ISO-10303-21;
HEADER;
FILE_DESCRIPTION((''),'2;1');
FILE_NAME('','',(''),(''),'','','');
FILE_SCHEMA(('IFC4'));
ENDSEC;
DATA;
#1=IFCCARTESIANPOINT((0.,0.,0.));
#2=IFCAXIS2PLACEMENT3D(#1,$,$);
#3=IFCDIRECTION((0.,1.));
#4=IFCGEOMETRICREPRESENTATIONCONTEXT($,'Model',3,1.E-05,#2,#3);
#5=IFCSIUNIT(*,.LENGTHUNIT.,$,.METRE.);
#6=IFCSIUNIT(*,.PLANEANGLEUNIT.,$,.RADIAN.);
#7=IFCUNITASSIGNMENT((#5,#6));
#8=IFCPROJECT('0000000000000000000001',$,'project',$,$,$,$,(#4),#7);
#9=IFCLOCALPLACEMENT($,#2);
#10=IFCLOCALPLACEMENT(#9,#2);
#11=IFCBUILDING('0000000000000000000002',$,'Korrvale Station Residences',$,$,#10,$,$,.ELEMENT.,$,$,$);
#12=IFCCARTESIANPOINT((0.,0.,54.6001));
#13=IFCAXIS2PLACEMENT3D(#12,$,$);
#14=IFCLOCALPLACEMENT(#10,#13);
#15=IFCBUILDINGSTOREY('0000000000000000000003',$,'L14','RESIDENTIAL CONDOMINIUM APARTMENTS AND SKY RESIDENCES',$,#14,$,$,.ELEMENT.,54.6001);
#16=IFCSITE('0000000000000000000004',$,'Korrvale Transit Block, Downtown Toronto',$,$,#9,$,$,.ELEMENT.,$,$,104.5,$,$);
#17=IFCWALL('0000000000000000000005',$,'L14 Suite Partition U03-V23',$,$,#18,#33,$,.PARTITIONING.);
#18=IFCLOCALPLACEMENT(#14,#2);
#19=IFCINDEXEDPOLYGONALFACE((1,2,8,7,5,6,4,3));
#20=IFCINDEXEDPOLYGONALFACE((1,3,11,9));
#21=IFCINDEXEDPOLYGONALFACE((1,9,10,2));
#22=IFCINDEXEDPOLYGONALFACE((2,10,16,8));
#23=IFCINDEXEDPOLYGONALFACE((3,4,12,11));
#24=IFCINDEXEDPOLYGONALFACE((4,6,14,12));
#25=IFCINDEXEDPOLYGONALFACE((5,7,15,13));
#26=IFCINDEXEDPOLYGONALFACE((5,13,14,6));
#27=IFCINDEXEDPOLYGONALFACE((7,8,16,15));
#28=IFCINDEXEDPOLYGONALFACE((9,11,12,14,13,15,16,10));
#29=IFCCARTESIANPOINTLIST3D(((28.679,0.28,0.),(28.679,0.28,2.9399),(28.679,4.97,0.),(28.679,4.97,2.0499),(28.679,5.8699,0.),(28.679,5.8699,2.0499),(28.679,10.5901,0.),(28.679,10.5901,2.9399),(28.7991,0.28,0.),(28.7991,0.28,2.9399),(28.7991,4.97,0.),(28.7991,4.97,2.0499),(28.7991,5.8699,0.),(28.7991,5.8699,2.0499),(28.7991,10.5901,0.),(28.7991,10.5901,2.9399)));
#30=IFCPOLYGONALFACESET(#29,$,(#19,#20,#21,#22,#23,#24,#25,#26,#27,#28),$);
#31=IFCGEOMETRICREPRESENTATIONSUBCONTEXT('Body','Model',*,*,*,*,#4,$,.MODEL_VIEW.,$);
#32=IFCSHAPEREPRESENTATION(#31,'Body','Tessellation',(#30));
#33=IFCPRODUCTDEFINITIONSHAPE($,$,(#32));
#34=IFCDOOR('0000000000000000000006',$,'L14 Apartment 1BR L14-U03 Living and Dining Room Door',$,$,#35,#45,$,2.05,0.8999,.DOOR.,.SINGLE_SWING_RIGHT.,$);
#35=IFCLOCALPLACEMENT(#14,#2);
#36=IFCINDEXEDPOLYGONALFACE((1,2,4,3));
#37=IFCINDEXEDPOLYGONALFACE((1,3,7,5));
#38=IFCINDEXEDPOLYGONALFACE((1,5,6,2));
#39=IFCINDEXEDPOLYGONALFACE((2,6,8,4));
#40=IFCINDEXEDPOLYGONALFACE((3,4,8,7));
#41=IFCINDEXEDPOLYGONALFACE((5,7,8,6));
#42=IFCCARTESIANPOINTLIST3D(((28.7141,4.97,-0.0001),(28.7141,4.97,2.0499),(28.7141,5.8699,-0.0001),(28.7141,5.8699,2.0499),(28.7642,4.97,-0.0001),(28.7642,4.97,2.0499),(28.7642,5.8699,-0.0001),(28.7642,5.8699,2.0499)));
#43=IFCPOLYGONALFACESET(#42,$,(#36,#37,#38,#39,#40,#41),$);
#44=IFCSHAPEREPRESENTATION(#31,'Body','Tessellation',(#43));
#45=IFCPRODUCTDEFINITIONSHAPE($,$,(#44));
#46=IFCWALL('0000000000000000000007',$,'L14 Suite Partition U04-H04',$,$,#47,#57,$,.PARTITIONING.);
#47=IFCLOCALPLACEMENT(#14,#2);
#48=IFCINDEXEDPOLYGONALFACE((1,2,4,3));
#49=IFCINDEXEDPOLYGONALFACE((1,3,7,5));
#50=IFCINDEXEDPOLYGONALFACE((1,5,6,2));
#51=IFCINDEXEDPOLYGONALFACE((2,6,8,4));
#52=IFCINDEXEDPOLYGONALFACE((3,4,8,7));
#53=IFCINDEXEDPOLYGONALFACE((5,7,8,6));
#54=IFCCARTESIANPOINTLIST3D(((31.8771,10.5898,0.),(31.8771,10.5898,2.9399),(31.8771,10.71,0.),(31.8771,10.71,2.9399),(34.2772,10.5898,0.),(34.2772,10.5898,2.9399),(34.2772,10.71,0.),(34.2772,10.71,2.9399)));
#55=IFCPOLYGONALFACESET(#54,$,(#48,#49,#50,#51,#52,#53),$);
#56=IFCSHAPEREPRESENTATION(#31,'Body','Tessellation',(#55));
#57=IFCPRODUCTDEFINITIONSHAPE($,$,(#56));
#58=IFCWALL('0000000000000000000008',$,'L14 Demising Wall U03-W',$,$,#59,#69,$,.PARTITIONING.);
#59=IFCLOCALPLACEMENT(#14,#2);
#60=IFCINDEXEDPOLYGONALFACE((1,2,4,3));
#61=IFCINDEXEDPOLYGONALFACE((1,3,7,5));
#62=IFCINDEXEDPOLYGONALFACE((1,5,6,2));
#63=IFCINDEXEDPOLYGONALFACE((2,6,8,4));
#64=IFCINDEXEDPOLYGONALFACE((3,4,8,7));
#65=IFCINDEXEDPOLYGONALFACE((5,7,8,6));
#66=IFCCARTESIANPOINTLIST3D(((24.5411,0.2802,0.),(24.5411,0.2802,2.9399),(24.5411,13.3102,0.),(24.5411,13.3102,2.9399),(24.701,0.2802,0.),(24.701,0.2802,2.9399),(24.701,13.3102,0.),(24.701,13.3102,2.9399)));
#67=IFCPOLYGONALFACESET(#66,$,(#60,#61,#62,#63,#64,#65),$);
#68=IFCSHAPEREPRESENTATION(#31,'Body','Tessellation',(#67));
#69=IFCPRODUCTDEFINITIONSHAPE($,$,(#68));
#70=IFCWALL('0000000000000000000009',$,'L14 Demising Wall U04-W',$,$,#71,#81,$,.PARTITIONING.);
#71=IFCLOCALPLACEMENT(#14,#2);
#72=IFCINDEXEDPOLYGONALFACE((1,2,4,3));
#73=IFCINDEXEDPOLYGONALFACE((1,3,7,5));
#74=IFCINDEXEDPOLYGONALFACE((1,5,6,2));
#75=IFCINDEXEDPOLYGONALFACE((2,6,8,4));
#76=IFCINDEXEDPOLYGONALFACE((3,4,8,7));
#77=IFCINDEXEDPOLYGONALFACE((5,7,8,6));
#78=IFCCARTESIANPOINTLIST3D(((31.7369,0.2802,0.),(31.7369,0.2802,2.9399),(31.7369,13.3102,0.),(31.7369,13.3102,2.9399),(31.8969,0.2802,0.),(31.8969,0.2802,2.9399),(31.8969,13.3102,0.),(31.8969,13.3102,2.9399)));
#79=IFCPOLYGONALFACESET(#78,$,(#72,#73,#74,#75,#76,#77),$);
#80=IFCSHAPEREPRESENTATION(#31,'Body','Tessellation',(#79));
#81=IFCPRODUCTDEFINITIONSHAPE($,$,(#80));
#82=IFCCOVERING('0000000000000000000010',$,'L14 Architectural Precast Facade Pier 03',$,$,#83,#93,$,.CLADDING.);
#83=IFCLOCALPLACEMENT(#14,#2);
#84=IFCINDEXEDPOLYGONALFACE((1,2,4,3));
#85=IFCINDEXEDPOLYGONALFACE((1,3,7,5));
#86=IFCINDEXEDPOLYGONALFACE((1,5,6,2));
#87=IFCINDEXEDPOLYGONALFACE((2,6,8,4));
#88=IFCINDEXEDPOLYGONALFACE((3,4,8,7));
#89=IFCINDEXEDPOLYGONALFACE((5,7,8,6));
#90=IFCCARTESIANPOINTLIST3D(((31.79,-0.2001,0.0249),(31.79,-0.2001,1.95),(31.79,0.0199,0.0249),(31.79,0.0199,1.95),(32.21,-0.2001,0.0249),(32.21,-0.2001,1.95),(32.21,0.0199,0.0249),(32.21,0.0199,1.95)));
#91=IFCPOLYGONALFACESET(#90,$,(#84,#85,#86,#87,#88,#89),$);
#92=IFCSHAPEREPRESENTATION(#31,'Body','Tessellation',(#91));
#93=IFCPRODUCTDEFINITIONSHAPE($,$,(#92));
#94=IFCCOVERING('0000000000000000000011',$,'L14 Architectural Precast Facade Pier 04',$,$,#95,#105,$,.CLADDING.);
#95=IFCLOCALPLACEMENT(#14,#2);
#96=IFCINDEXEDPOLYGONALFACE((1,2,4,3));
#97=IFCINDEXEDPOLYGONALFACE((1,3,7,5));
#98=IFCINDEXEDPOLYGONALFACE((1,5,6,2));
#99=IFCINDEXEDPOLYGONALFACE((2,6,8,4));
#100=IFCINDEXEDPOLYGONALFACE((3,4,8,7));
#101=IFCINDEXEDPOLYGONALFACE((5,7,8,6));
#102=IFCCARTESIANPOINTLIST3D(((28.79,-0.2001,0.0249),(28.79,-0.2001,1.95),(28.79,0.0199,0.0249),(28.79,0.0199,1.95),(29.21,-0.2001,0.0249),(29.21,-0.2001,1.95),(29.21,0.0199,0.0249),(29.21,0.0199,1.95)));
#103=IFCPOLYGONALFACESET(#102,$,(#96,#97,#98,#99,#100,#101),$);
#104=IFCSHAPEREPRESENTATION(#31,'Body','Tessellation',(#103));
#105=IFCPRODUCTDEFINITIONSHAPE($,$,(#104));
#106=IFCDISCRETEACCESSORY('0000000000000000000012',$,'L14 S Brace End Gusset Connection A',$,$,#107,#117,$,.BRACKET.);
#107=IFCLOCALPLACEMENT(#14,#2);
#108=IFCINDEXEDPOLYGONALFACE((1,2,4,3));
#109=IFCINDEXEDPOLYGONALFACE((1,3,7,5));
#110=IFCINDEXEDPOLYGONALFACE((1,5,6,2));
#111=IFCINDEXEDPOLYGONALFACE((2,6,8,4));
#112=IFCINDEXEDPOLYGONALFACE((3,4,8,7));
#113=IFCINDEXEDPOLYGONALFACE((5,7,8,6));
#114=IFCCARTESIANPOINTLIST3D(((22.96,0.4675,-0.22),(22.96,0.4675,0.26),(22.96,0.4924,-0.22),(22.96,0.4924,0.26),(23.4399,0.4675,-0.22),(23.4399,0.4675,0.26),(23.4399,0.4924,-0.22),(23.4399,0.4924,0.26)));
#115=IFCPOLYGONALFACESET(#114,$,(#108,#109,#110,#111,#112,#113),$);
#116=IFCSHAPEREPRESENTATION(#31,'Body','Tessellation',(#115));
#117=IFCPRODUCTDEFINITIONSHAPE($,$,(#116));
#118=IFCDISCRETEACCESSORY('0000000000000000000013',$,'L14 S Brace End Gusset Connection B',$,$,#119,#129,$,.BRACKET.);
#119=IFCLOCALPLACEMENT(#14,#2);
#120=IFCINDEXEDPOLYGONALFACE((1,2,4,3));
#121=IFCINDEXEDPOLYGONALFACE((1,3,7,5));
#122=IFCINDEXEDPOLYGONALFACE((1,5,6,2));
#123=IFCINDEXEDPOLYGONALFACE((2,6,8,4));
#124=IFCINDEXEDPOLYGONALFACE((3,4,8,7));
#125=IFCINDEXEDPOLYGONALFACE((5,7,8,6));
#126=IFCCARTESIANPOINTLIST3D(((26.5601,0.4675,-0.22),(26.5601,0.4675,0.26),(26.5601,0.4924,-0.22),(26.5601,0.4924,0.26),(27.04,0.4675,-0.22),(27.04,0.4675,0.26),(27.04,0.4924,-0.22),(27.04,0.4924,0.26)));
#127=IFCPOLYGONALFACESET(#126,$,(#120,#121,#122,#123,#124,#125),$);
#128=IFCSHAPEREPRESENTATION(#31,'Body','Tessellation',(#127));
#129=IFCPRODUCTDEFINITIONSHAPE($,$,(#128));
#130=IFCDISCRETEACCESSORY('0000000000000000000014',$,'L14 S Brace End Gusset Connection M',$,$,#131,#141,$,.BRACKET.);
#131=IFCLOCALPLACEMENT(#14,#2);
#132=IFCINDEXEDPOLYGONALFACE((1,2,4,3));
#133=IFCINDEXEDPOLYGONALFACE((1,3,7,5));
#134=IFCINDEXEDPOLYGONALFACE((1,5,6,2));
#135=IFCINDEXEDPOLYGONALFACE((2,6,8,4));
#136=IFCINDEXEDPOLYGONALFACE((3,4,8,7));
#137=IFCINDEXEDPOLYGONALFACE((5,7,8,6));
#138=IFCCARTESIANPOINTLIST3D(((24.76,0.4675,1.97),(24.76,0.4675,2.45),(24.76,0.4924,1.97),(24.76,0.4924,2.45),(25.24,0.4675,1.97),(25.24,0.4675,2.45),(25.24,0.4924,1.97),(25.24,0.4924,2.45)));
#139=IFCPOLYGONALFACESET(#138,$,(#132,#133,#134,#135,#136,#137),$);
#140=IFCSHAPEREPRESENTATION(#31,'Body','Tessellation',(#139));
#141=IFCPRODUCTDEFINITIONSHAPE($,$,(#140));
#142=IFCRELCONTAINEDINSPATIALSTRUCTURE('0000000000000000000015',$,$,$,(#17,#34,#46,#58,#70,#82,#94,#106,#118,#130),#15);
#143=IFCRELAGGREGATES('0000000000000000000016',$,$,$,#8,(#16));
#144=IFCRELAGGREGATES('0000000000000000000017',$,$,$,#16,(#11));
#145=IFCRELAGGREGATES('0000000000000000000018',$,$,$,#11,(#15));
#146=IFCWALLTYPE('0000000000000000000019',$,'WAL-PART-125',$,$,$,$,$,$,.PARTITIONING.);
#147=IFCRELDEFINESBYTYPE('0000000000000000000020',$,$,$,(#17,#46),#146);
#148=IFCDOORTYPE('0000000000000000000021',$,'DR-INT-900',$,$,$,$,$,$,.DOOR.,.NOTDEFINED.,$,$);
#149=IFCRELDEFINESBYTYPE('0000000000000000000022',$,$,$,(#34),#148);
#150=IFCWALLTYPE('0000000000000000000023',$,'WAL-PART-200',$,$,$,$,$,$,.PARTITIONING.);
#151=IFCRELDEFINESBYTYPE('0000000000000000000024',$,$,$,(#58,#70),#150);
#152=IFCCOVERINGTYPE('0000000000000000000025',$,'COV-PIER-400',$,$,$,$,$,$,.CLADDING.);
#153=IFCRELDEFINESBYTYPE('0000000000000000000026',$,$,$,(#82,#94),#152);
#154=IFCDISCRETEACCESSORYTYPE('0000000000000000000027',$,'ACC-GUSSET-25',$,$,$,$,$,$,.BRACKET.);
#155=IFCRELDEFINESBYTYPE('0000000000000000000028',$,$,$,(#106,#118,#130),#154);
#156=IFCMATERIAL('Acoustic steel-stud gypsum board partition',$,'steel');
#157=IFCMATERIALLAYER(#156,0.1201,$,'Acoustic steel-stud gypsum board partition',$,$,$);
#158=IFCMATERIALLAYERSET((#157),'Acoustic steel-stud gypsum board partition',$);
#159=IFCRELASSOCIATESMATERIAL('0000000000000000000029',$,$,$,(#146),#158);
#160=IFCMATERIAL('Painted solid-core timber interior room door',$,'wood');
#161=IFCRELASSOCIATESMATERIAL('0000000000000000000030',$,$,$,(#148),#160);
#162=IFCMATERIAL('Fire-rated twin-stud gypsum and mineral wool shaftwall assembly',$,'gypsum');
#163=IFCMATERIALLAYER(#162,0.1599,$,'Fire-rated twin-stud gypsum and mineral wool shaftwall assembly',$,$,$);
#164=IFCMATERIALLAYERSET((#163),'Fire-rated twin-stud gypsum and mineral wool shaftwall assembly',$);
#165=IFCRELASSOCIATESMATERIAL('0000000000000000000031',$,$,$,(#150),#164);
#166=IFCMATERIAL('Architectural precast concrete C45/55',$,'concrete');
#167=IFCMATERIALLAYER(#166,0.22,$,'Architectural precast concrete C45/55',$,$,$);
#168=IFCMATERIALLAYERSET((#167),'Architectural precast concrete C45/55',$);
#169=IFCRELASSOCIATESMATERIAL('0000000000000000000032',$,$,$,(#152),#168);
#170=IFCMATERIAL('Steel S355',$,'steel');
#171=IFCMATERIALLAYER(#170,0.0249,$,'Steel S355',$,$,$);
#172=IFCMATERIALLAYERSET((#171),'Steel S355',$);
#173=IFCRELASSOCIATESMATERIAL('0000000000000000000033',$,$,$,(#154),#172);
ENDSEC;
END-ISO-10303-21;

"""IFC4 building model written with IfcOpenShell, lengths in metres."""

from ifc_helpers import new_model, si_unit, direction, frame, frame_2d, origin, origin_2d, place, context, subcontext, project, spatial, rectangle, extrude, material, layer, layer_set, type_object, element, fill, save


model = new_model("IFC4")

# Units and contexts
model_context = context("Model", 3, precision=1e-05, world=origin(), true_north=direction((0.0, 1.0)))
body_context = subcontext(model_context, "Body", "Model", "MODEL_VIEW")
ifc_project = project(units=[si_unit("LENGTHUNIT", "METRE"), si_unit("PLANEANGLEUNIT", "RADIAN")], contexts=[model_context])

# Site, building, storey
site_placement = place(None, origin())
site = spatial("IfcSite", under=ifc_project, at=site_placement, Name="Korrvale Transit Block, Downtown Toronto", CompositionType="ELEMENT", RefElevation=104.5)
building_placement = place(site_placement, origin())
building = spatial("IfcBuilding", under=site, at=building_placement, Name="Korrvale Station Residences", CompositionType="ELEMENT")
storey_placement = place(building_placement, frame((0.0, 0.0, 54.6001)))
storey = spatial("IfcBuildingStorey", under=building, at=storey_placement, Name="L14", Description="RESIDENTIAL CONDOMINIUM APARTMENTS AND SKY RESIDENCES", CompositionType="ELEMENT", Elevation=54.6001)

# Shared definitions
ifc_material_1 = material(Name="Steel S355", Category="steel")

# Shared definitions
ifc_material_2 = material(Name="Acoustic steel-stud gypsum board partition", Category="steel")
ifc_layer_1 = layer(ifc_material_2, 0.1201, Name="Acoustic steel-stud gypsum board partition")
ifc_layer_set_1 = layer_set([ifc_layer_1], Name="Acoustic steel-stud gypsum board partition")
wall_type_1 = type_object("IfcWallType", Name="WAL-PART-125", PredefinedType="PARTITIONING", material=ifc_layer_set_1)

# Wall, opening, door
ifc_material_3 = material(Name="Painted solid-core timber interior room door", Category="wood")
door_type_1 = type_object("IfcDoorType", Name="DR-INT-900", OperationType="NOTDEFINED", PredefinedType="DOOR", material=ifc_material_3)
wall_1_placement = place(storey_placement, frame((28.739, 0.28, 0.0), z_axis=(0.0, 0.0, 1.0), x_axis=(0.0, 1.0, 0.0)))
wall_1 = element("IfcWall", 1, at=wall_1_placement, inside=storey, type_object=wall_type_1, Name="L14 Suite Partition U03-V23", PredefinedType="PARTITIONING", context=body_context, shape_type="SweptSolid", body=[
    extrude(rectangle(XDim=10.3101, YDim=0.1201, at=frame_2d((5.155, 0.0))), origin(), (0.0, 0.0, 1.0), 2.9399),
])
opening_1_placement = place(wall_1_placement, frame((4.6899, 0.0, 0.0)))
opening_1 = element("IfcOpeningElement", 2, at=opening_1_placement, cuts=wall_1, PredefinedType="OPENING", context=body_context, shape_type="SweptSolid", body=[
    extrude(rectangle(XDim=0.8999, YDim=2.05, at=frame_2d((0.45, 1.0249))), frame((0.0, 0.0701, 0.0), z_axis=(0.0, -1.0, 0.0), x_axis=(1.0, 0.0, 0.0)), (0.0, 0.0, 1.0), 0.1401),
])
door_1_placement = place(opening_1_placement, origin())
door_1 = element("IfcDoor", 3, at=door_1_placement, inside=storey, type_object=door_type_1, Name="L14 Apartment 1BR L14-U03 Living and Dining Room Door", OperationType="SINGLE_SWING_RIGHT", OverallHeight=2.05, OverallWidth=0.8999, PredefinedType="DOOR", context=body_context, shape_type="SweptSolid", body=[
    extrude(rectangle(XDim=0.8999, YDim=2.05, at=frame_2d((0.45, 1.0249))), frame((0.0, 0.0249, 0.0), z_axis=(0.0, -1.0, 0.0), x_axis=(1.0, 0.0, 0.0)), (0.0, 0.0, 1.0), 0.05),
])
fill(opening_1, door_1)

# Walls
wall_2_placement = place(storey_placement, frame((31.877, 10.6499, 0.0), z_axis=(0.0, 0.0, 1.0), x_axis=(1.0, 0.0, 0.0)))
element("IfcWall", 4, at=wall_2_placement, inside=storey, type_object=wall_type_1, Name="L14 Suite Partition U04-H04", PredefinedType="PARTITIONING", context=body_context, shape_type="SweptSolid", body=[
    extrude(rectangle(XDim=2.4001, YDim=0.1201, at=frame_2d((1.2002, 0.0))), origin(), (0.0, 0.0, 1.0), 2.9399),
])
ifc_material_4 = material(Name="Fire-rated twin-stud gypsum and mineral wool shaftwall assembly", Category="gypsum")
ifc_layer_2 = layer(ifc_material_4, 0.1599, Name="Fire-rated twin-stud gypsum and mineral wool shaftwall assembly")
ifc_layer_set_2 = layer_set([ifc_layer_2], Name="Fire-rated twin-stud gypsum and mineral wool shaftwall assembly")
wall_type_2 = type_object("IfcWallType", Name="WAL-PART-200", PredefinedType="PARTITIONING", material=ifc_layer_set_2)
for number, where, z_axis, x_axis, name in (
    (5, (24.6211, 0.28, 0.0), (0.0, 0.0, 1.0), (0.0, 1.0, 0.0), "L14 Demising Wall U03-W"),
    (6, (31.8169, 0.28, 0.0), (0.0, 0.0, 1.0), (0.0, 1.0, 0.0), "L14 Demising Wall U04-W"),
):
    element("IfcWall", number, at=place(storey_placement, frame(where, z_axis=z_axis, x_axis=x_axis)), inside=storey, type_object=wall_type_2, Name=name, PredefinedType="PARTITIONING", context=body_context, shape_type="SweptSolid", body=[
        extrude(rectangle(XDim=13.03, YDim=0.1599, at=frame_2d((6.5151, 0.0))), origin(), (0.0, 0.0, 1.0), 2.9399),
    ])

# Coverings
ifc_material_5 = material(Name="Architectural precast concrete C45/55", Category="concrete")
ifc_layer_3 = layer(ifc_material_5, 0.22, Name="Architectural precast concrete C45/55")
ifc_layer_set_3 = layer_set([ifc_layer_3], Name="Architectural precast concrete C45/55")
covering_type = type_object("IfcCoveringType", Name="COV-PIER-400", PredefinedType="CLADDING", material=ifc_layer_set_3)
for number, where, z_axis, x_axis, name in (
    (7, (32.0, -0.0901, 0.0249), (0.0, 0.0, 1.0), (1.0, 0.0, 0.0), "L14 Architectural Precast Facade Pier 03"),
    (8, (29.0, -0.0901, 0.0249), (0.0, 0.0, 1.0), (1.0, 0.0, 0.0), "L14 Architectural Precast Facade Pier 04"),
):
    element("IfcCovering", number, at=place(storey_placement, frame(where, z_axis=z_axis, x_axis=x_axis)), inside=storey, type_object=covering_type, Name=name, PredefinedType="CLADDING", context=body_context, shape_type="SweptSolid", body=[
        extrude(rectangle(XDim=0.4199, YDim=0.22, at=origin_2d()), origin(), (0.0, 0.0, 1.0), 1.925),
    ])

# Discrete accessories
ifc_layer_4 = layer(ifc_material_1, 0.0249, Name="Steel S355")
ifc_layer_set_4 = layer_set([ifc_layer_4], Name="Steel S355")
discrete_accessory_type = type_object("IfcDiscreteAccessoryType", Name="ACC-GUSSET-25", PredefinedType="BRACKET", material=ifc_layer_set_4)
for number, where, z_axis, x_axis, name in (
    (9, (23.2, 0.48, -0.22), (0.0, 0.0, 1.0), (1.0, 0.0, 0.0), "L14 S Brace End Gusset Connection A"),
    (10, (26.8, 0.48, -0.22), (0.0, 0.0, 1.0), (1.0, 0.0, 0.0), "L14 S Brace End Gusset Connection B"),
    (11, (25.0, 0.48, 1.97), (0.0, 0.0, 1.0), (1.0, 0.0, 0.0), "L14 S Brace End Gusset Connection M"),
):
    element("IfcDiscreteAccessory", number, at=place(storey_placement, frame(where, z_axis=z_axis, x_axis=x_axis)), inside=storey, type_object=discrete_accessory_type, Name=name, PredefinedType="BRACKET", context=body_context, shape_type="SweptSolid", body=[
        extrude(rectangle(XDim=0.48, YDim=0.0249, at=origin_2d()), origin(), (0.0, 0.0, 1.0), 0.48),
    ])

save(model, "model.ifc")
